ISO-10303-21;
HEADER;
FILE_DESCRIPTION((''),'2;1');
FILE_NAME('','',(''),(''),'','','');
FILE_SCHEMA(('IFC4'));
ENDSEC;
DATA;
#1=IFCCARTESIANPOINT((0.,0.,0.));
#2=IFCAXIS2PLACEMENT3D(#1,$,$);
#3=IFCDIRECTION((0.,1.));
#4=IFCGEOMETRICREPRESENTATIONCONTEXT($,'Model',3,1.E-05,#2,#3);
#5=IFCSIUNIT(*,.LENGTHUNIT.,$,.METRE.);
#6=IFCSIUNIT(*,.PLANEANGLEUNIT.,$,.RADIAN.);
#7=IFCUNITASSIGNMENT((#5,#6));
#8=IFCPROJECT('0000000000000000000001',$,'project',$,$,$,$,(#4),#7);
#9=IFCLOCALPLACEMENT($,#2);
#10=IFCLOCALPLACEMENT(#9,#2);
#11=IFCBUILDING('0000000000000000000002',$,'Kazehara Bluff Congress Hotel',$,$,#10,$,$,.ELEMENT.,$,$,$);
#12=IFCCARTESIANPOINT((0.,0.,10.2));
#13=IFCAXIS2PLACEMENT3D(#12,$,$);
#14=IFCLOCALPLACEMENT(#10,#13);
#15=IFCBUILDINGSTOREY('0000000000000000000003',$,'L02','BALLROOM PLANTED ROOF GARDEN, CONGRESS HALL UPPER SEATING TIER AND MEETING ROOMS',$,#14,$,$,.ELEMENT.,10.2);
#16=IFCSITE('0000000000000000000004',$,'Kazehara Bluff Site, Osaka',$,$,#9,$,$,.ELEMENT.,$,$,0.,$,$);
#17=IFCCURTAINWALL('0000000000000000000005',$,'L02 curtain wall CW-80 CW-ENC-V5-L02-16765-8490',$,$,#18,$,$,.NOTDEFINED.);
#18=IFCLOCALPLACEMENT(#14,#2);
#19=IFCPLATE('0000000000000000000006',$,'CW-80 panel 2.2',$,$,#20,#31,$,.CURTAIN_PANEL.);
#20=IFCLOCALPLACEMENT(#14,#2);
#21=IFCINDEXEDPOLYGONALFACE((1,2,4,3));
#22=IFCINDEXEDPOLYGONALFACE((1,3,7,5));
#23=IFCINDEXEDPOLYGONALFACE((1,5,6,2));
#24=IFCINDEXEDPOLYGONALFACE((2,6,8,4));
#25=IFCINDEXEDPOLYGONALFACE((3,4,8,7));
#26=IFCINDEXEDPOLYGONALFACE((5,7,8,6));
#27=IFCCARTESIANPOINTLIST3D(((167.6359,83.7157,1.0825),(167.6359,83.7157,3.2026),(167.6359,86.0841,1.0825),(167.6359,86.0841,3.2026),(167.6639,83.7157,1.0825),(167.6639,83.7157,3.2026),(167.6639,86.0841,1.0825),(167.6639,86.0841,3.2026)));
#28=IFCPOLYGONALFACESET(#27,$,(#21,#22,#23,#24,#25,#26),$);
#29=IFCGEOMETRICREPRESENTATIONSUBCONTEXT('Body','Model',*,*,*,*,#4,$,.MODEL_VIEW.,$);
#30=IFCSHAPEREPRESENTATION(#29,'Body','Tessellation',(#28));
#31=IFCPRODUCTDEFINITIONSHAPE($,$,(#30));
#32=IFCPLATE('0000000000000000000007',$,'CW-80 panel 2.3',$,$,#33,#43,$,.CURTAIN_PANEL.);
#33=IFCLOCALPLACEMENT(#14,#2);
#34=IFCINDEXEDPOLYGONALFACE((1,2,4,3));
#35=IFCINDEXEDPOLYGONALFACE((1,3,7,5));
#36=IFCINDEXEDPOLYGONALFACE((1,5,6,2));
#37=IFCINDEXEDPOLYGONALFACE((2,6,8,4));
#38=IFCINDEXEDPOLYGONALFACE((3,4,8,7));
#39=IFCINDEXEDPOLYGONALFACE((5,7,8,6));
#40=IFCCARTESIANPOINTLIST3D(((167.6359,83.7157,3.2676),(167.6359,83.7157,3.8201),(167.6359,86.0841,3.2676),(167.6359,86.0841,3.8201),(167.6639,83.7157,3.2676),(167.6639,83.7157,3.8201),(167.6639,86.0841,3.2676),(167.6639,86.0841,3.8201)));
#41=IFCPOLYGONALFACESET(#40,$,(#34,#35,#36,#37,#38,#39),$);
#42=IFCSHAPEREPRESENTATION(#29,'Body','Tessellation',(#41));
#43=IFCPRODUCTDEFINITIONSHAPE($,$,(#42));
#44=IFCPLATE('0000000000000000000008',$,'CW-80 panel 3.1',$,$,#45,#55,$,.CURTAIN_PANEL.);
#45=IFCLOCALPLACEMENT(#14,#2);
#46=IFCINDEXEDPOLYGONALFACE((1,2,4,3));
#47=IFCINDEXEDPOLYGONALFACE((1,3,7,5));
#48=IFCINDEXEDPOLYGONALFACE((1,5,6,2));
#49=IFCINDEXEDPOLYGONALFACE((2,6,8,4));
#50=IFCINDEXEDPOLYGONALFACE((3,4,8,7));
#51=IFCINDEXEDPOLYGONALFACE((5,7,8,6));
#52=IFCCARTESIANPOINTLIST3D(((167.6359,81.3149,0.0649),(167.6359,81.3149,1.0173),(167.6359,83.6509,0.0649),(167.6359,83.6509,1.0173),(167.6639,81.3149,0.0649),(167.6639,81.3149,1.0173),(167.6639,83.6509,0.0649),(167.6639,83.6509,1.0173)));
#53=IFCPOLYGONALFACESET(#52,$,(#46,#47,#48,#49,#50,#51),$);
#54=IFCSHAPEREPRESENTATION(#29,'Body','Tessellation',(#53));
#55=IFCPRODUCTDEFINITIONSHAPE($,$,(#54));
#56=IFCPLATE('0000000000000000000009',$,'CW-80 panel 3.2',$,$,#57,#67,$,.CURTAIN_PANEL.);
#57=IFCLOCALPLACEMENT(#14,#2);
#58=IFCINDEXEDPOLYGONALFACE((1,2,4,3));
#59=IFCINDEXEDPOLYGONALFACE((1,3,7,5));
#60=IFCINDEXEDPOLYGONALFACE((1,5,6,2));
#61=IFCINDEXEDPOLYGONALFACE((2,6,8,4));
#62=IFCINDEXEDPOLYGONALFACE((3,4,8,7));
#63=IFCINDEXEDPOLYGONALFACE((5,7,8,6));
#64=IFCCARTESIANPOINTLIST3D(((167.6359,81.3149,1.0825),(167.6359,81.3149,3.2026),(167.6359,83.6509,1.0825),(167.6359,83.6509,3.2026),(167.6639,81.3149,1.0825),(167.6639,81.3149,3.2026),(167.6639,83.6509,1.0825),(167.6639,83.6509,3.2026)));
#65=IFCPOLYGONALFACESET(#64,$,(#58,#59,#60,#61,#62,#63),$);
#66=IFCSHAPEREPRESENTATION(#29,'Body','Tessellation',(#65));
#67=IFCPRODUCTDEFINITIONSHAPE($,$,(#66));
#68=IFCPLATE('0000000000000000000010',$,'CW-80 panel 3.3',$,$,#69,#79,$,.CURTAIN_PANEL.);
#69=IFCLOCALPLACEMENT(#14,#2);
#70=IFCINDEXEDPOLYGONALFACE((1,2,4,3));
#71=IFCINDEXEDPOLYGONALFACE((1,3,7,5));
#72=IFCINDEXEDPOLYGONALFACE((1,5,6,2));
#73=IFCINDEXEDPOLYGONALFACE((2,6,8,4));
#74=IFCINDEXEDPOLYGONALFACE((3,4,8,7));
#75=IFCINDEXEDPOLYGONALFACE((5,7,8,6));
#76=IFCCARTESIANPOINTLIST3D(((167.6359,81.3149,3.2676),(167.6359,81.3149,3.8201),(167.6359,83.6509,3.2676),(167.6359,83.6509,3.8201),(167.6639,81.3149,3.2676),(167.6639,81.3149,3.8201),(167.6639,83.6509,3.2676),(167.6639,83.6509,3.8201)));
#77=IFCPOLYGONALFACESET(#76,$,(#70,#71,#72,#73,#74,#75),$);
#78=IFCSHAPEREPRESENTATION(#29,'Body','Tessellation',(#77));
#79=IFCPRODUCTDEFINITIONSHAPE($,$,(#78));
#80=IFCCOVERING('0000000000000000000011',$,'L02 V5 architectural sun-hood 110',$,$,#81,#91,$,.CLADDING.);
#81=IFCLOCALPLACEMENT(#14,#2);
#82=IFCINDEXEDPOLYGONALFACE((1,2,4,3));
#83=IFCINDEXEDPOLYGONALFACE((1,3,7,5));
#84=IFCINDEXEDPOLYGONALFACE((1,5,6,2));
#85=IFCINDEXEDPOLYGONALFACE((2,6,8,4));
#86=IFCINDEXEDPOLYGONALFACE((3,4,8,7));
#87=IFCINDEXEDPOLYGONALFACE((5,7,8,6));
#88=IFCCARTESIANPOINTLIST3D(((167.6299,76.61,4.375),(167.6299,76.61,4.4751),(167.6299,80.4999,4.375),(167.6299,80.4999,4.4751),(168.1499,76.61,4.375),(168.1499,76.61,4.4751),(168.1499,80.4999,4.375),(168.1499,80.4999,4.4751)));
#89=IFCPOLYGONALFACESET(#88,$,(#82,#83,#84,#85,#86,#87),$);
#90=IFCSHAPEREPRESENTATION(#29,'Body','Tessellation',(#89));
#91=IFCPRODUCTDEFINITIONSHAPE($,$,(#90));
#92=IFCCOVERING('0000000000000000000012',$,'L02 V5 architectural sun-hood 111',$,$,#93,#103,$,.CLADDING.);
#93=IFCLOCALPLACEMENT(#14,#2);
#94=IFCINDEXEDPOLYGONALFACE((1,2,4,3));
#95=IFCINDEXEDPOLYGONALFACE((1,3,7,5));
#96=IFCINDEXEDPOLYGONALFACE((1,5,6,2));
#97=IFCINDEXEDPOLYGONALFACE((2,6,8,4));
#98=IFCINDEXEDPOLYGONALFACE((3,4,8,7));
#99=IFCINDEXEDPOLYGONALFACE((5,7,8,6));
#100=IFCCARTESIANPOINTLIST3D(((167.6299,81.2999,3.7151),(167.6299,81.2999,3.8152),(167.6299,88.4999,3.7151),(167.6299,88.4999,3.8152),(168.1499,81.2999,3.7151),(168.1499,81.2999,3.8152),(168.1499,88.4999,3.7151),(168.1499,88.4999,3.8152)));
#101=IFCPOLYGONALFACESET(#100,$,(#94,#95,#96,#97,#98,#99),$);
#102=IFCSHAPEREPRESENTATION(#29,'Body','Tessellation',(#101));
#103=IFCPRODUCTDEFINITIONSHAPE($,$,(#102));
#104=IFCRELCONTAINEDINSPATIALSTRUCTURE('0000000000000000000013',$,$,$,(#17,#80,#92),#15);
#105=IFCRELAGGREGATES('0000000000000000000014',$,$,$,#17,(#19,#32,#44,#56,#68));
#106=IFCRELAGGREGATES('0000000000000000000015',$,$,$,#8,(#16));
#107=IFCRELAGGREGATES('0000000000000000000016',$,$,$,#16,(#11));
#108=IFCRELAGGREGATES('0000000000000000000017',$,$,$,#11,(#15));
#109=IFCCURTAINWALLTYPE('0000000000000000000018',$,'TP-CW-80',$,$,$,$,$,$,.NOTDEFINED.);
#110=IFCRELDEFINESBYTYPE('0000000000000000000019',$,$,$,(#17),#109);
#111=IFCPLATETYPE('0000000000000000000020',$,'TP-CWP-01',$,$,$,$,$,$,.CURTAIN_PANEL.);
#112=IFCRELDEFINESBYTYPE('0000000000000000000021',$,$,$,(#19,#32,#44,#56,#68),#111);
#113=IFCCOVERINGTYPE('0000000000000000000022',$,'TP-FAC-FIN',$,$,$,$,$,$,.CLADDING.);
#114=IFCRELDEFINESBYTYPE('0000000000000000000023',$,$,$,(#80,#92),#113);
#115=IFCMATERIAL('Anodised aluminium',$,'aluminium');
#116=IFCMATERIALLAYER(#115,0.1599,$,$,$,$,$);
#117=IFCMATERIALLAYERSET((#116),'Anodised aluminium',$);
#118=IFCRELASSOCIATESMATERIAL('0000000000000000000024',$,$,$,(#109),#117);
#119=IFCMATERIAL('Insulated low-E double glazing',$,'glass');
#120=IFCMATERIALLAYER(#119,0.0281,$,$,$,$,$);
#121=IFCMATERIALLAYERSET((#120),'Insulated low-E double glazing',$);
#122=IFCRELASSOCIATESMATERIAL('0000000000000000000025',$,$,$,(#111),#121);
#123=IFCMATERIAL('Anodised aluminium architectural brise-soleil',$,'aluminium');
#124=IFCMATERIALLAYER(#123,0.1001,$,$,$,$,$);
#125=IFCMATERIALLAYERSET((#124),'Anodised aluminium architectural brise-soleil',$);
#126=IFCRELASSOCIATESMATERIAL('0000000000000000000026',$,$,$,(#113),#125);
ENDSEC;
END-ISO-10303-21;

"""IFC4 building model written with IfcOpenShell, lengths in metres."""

from ifc_helpers import new_model, si_unit, direction, frame, origin, origin_2d, place, context, subcontext, project, spatial, rectangle, extrude, material, layer, layer_set, type_object, element, aggregate, save


model = new_model("IFC4")

# Units and contexts
model_context = context("Model", 3, precision=1e-05, world=origin(), true_north=direction((0.0, 1.0)))
body_context = subcontext(model_context, "Body", "Model", "MODEL_VIEW")
ifc_project = project(units=[si_unit("LENGTHUNIT", "METRE"), si_unit("PLANEANGLEUNIT", "RADIAN")], contexts=[model_context])

# Site, building, storey
site_placement = place(None, origin())
site = spatial("IfcSite", under=ifc_project, at=site_placement, Name="Kazehara Bluff Site, Osaka", CompositionType="ELEMENT", RefElevation=0.0)
building_placement = place(site_placement, origin())
building = spatial("IfcBuilding", under=site, at=building_placement, Name="Kazehara Bluff Congress Hotel", CompositionType="ELEMENT")
storey_placement = place(building_placement, frame((0.0, 0.0, 10.2)))
storey = spatial("IfcBuildingStorey", under=building, at=storey_placement, Name="L02", Description="BALLROOM PLANTED ROOF GARDEN, CONGRESS HALL UPPER SEATING TIER AND MEETING ROOMS", CompositionType="ELEMENT", Elevation=10.2)

# Curtain wall, plates
ifc_material_1 = material(Name="Anodised aluminium", Category="aluminium")
ifc_layer_1 = layer(ifc_material_1, 0.1599)
ifc_layer_set_1 = layer_set([ifc_layer_1], Name="Anodised aluminium")
curtain_wall_type = type_object("IfcCurtainWallType", Name="TP-CW-80", PredefinedType="NOTDEFINED", material=ifc_layer_set_1)
curtain_wall_placement = place(storey_placement, origin())
curtain_wall = element("IfcCurtainWall", 1, at=curtain_wall_placement, inside=storey, type_object=curtain_wall_type, Name="L02 curtain wall CW-80 CW-ENC-V5-L02-16765-8490", PredefinedType="NOTDEFINED")
ifc_material_2 = material(Name="Insulated low-E double glazing", Category="glass")
ifc_layer_2 = layer(ifc_material_2, 0.0281)
ifc_layer_set_2 = layer_set([ifc_layer_2], Name="Insulated low-E double glazing")
plate_type = type_object("IfcPlateType", Name="TP-CWP-01", PredefinedType="CURTAIN_PANEL", material=ifc_layer_set_2)
plate_1_placement = place(storey_placement, frame((167.6499, 84.8999, 1.0825), z_axis=(0.0, 0.0, 1.0), x_axis=(0.0, -1.0, 0.0)))
plate_1 = element("IfcPlate", 2, at=plate_1_placement, type_object=plate_type, Name="CW-80 panel 2.2", PredefinedType="CURTAIN_PANEL", context=body_context, shape_type="SweptSolid", body=[
    extrude(rectangle(XDim=2.3684, YDim=0.0281, at=origin_2d()), origin(), (0.0, 0.0, 1.0), 2.1201),
])
plate_2_placement = place(storey_placement, frame((167.6499, 84.8999, 3.2676), z_axis=(0.0, 0.0, 1.0), x_axis=(0.0, -1.0, 0.0)))
plate_2 = element("IfcPlate", 3, at=plate_2_placement, type_object=plate_type, Name="CW-80 panel 2.3", PredefinedType="CURTAIN_PANEL", context=body_context, shape_type="SweptSolid", body=[
    extrude(rectangle(XDim=2.3684, YDim=0.0281, at=origin_2d()), origin(), (0.0, 0.0, 1.0), 0.5525),
])
plate_3_placement = place(storey_placement, frame((167.6499, 82.4829, 0.0649), z_axis=(0.0, 0.0, 1.0), x_axis=(0.0, -1.0, 0.0)))
plate_3 = element("IfcPlate", 4, at=plate_3_placement, type_object=plate_type, Name="CW-80 panel 3.1", PredefinedType="CURTAIN_PANEL", context=body_context, shape_type="SweptSolid", body=[
    extrude(rectangle(XDim=2.3359, YDim=0.0281, at=origin_2d()), origin(), (0.0, 0.0, 1.0), 0.9524),
])
plate_4_placement = place(storey_placement, frame((167.6499, 82.4829, 1.0825), z_axis=(0.0, 0.0, 1.0), x_axis=(0.0, -1.0, 0.0)))
plate_4 = element("IfcPlate", 5, at=plate_4_placement, type_object=plate_type, Name="CW-80 panel 3.2", PredefinedType="CURTAIN_PANEL", context=body_context, shape_type="SweptSolid", body=[
    extrude(rectangle(XDim=2.3359, YDim=0.0281, at=origin_2d()), origin(), (0.0, 0.0, 1.0), 2.1201),
])
plate_5_placement = place(storey_placement, frame((167.6499, 82.4829, 3.2676), z_axis=(0.0, 0.0, 1.0), x_axis=(0.0, -1.0, 0.0)))
plate_5 = element("IfcPlate", 6, at=plate_5_placement, type_object=plate_type, Name="CW-80 panel 3.3", PredefinedType="CURTAIN_PANEL", context=body_context, shape_type="SweptSolid", body=[
    extrude(rectangle(XDim=2.3359, YDim=0.0281, at=origin_2d()), origin(), (0.0, 0.0, 1.0), 0.5525),
])
aggregate(curtain_wall, [plate_1, plate_2, plate_3, plate_4, plate_5])

# Coverings
ifc_material_3 = material(Name="Anodised aluminium architectural brise-soleil", Category="aluminium")
ifc_layer_3 = layer(ifc_material_3, 0.1001)
ifc_layer_set_3 = layer_set([ifc_layer_3], Name="Anodised aluminium architectural brise-soleil")
covering_type = type_object("IfcCoveringType", Name="TP-FAC-FIN", PredefinedType="CLADDING", material=ifc_layer_set_3)
covering_1_placement = place(storey_placement, frame((167.8899, 78.5549, 4.375), z_axis=(0.0, 0.0, 1.0), x_axis=(1.0, 0.0, 0.0)))
element("IfcCovering", 7, at=covering_1_placement, inside=storey, type_object=covering_type, Name="L02 V5 architectural sun-hood 110", PredefinedType="CLADDING", context=body_context, shape_type="SweptSolid", body=[
    extrude(rectangle(XDim=0.52, YDim=3.8899, at=origin_2d()), origin(), (0.0, 0.0, 1.0), 0.1001),
])
covering_2_placement = place(storey_placement, frame((167.8899, 84.8999, 3.7151), z_axis=(0.0, 0.0, 1.0), x_axis=(1.0, 0.0, 0.0)))
element("IfcCovering", 8, at=covering_2_placement, inside=storey, type_object=covering_type, Name="L02 V5 architectural sun-hood 111", PredefinedType="CLADDING", context=body_context, shape_type="SweptSolid", body=[
    extrude(rectangle(XDim=0.52, YDim=7.2, at=origin_2d()), origin(), (0.0, 0.0, 1.0), 0.1001),
])

save(model, "model.ifc")
